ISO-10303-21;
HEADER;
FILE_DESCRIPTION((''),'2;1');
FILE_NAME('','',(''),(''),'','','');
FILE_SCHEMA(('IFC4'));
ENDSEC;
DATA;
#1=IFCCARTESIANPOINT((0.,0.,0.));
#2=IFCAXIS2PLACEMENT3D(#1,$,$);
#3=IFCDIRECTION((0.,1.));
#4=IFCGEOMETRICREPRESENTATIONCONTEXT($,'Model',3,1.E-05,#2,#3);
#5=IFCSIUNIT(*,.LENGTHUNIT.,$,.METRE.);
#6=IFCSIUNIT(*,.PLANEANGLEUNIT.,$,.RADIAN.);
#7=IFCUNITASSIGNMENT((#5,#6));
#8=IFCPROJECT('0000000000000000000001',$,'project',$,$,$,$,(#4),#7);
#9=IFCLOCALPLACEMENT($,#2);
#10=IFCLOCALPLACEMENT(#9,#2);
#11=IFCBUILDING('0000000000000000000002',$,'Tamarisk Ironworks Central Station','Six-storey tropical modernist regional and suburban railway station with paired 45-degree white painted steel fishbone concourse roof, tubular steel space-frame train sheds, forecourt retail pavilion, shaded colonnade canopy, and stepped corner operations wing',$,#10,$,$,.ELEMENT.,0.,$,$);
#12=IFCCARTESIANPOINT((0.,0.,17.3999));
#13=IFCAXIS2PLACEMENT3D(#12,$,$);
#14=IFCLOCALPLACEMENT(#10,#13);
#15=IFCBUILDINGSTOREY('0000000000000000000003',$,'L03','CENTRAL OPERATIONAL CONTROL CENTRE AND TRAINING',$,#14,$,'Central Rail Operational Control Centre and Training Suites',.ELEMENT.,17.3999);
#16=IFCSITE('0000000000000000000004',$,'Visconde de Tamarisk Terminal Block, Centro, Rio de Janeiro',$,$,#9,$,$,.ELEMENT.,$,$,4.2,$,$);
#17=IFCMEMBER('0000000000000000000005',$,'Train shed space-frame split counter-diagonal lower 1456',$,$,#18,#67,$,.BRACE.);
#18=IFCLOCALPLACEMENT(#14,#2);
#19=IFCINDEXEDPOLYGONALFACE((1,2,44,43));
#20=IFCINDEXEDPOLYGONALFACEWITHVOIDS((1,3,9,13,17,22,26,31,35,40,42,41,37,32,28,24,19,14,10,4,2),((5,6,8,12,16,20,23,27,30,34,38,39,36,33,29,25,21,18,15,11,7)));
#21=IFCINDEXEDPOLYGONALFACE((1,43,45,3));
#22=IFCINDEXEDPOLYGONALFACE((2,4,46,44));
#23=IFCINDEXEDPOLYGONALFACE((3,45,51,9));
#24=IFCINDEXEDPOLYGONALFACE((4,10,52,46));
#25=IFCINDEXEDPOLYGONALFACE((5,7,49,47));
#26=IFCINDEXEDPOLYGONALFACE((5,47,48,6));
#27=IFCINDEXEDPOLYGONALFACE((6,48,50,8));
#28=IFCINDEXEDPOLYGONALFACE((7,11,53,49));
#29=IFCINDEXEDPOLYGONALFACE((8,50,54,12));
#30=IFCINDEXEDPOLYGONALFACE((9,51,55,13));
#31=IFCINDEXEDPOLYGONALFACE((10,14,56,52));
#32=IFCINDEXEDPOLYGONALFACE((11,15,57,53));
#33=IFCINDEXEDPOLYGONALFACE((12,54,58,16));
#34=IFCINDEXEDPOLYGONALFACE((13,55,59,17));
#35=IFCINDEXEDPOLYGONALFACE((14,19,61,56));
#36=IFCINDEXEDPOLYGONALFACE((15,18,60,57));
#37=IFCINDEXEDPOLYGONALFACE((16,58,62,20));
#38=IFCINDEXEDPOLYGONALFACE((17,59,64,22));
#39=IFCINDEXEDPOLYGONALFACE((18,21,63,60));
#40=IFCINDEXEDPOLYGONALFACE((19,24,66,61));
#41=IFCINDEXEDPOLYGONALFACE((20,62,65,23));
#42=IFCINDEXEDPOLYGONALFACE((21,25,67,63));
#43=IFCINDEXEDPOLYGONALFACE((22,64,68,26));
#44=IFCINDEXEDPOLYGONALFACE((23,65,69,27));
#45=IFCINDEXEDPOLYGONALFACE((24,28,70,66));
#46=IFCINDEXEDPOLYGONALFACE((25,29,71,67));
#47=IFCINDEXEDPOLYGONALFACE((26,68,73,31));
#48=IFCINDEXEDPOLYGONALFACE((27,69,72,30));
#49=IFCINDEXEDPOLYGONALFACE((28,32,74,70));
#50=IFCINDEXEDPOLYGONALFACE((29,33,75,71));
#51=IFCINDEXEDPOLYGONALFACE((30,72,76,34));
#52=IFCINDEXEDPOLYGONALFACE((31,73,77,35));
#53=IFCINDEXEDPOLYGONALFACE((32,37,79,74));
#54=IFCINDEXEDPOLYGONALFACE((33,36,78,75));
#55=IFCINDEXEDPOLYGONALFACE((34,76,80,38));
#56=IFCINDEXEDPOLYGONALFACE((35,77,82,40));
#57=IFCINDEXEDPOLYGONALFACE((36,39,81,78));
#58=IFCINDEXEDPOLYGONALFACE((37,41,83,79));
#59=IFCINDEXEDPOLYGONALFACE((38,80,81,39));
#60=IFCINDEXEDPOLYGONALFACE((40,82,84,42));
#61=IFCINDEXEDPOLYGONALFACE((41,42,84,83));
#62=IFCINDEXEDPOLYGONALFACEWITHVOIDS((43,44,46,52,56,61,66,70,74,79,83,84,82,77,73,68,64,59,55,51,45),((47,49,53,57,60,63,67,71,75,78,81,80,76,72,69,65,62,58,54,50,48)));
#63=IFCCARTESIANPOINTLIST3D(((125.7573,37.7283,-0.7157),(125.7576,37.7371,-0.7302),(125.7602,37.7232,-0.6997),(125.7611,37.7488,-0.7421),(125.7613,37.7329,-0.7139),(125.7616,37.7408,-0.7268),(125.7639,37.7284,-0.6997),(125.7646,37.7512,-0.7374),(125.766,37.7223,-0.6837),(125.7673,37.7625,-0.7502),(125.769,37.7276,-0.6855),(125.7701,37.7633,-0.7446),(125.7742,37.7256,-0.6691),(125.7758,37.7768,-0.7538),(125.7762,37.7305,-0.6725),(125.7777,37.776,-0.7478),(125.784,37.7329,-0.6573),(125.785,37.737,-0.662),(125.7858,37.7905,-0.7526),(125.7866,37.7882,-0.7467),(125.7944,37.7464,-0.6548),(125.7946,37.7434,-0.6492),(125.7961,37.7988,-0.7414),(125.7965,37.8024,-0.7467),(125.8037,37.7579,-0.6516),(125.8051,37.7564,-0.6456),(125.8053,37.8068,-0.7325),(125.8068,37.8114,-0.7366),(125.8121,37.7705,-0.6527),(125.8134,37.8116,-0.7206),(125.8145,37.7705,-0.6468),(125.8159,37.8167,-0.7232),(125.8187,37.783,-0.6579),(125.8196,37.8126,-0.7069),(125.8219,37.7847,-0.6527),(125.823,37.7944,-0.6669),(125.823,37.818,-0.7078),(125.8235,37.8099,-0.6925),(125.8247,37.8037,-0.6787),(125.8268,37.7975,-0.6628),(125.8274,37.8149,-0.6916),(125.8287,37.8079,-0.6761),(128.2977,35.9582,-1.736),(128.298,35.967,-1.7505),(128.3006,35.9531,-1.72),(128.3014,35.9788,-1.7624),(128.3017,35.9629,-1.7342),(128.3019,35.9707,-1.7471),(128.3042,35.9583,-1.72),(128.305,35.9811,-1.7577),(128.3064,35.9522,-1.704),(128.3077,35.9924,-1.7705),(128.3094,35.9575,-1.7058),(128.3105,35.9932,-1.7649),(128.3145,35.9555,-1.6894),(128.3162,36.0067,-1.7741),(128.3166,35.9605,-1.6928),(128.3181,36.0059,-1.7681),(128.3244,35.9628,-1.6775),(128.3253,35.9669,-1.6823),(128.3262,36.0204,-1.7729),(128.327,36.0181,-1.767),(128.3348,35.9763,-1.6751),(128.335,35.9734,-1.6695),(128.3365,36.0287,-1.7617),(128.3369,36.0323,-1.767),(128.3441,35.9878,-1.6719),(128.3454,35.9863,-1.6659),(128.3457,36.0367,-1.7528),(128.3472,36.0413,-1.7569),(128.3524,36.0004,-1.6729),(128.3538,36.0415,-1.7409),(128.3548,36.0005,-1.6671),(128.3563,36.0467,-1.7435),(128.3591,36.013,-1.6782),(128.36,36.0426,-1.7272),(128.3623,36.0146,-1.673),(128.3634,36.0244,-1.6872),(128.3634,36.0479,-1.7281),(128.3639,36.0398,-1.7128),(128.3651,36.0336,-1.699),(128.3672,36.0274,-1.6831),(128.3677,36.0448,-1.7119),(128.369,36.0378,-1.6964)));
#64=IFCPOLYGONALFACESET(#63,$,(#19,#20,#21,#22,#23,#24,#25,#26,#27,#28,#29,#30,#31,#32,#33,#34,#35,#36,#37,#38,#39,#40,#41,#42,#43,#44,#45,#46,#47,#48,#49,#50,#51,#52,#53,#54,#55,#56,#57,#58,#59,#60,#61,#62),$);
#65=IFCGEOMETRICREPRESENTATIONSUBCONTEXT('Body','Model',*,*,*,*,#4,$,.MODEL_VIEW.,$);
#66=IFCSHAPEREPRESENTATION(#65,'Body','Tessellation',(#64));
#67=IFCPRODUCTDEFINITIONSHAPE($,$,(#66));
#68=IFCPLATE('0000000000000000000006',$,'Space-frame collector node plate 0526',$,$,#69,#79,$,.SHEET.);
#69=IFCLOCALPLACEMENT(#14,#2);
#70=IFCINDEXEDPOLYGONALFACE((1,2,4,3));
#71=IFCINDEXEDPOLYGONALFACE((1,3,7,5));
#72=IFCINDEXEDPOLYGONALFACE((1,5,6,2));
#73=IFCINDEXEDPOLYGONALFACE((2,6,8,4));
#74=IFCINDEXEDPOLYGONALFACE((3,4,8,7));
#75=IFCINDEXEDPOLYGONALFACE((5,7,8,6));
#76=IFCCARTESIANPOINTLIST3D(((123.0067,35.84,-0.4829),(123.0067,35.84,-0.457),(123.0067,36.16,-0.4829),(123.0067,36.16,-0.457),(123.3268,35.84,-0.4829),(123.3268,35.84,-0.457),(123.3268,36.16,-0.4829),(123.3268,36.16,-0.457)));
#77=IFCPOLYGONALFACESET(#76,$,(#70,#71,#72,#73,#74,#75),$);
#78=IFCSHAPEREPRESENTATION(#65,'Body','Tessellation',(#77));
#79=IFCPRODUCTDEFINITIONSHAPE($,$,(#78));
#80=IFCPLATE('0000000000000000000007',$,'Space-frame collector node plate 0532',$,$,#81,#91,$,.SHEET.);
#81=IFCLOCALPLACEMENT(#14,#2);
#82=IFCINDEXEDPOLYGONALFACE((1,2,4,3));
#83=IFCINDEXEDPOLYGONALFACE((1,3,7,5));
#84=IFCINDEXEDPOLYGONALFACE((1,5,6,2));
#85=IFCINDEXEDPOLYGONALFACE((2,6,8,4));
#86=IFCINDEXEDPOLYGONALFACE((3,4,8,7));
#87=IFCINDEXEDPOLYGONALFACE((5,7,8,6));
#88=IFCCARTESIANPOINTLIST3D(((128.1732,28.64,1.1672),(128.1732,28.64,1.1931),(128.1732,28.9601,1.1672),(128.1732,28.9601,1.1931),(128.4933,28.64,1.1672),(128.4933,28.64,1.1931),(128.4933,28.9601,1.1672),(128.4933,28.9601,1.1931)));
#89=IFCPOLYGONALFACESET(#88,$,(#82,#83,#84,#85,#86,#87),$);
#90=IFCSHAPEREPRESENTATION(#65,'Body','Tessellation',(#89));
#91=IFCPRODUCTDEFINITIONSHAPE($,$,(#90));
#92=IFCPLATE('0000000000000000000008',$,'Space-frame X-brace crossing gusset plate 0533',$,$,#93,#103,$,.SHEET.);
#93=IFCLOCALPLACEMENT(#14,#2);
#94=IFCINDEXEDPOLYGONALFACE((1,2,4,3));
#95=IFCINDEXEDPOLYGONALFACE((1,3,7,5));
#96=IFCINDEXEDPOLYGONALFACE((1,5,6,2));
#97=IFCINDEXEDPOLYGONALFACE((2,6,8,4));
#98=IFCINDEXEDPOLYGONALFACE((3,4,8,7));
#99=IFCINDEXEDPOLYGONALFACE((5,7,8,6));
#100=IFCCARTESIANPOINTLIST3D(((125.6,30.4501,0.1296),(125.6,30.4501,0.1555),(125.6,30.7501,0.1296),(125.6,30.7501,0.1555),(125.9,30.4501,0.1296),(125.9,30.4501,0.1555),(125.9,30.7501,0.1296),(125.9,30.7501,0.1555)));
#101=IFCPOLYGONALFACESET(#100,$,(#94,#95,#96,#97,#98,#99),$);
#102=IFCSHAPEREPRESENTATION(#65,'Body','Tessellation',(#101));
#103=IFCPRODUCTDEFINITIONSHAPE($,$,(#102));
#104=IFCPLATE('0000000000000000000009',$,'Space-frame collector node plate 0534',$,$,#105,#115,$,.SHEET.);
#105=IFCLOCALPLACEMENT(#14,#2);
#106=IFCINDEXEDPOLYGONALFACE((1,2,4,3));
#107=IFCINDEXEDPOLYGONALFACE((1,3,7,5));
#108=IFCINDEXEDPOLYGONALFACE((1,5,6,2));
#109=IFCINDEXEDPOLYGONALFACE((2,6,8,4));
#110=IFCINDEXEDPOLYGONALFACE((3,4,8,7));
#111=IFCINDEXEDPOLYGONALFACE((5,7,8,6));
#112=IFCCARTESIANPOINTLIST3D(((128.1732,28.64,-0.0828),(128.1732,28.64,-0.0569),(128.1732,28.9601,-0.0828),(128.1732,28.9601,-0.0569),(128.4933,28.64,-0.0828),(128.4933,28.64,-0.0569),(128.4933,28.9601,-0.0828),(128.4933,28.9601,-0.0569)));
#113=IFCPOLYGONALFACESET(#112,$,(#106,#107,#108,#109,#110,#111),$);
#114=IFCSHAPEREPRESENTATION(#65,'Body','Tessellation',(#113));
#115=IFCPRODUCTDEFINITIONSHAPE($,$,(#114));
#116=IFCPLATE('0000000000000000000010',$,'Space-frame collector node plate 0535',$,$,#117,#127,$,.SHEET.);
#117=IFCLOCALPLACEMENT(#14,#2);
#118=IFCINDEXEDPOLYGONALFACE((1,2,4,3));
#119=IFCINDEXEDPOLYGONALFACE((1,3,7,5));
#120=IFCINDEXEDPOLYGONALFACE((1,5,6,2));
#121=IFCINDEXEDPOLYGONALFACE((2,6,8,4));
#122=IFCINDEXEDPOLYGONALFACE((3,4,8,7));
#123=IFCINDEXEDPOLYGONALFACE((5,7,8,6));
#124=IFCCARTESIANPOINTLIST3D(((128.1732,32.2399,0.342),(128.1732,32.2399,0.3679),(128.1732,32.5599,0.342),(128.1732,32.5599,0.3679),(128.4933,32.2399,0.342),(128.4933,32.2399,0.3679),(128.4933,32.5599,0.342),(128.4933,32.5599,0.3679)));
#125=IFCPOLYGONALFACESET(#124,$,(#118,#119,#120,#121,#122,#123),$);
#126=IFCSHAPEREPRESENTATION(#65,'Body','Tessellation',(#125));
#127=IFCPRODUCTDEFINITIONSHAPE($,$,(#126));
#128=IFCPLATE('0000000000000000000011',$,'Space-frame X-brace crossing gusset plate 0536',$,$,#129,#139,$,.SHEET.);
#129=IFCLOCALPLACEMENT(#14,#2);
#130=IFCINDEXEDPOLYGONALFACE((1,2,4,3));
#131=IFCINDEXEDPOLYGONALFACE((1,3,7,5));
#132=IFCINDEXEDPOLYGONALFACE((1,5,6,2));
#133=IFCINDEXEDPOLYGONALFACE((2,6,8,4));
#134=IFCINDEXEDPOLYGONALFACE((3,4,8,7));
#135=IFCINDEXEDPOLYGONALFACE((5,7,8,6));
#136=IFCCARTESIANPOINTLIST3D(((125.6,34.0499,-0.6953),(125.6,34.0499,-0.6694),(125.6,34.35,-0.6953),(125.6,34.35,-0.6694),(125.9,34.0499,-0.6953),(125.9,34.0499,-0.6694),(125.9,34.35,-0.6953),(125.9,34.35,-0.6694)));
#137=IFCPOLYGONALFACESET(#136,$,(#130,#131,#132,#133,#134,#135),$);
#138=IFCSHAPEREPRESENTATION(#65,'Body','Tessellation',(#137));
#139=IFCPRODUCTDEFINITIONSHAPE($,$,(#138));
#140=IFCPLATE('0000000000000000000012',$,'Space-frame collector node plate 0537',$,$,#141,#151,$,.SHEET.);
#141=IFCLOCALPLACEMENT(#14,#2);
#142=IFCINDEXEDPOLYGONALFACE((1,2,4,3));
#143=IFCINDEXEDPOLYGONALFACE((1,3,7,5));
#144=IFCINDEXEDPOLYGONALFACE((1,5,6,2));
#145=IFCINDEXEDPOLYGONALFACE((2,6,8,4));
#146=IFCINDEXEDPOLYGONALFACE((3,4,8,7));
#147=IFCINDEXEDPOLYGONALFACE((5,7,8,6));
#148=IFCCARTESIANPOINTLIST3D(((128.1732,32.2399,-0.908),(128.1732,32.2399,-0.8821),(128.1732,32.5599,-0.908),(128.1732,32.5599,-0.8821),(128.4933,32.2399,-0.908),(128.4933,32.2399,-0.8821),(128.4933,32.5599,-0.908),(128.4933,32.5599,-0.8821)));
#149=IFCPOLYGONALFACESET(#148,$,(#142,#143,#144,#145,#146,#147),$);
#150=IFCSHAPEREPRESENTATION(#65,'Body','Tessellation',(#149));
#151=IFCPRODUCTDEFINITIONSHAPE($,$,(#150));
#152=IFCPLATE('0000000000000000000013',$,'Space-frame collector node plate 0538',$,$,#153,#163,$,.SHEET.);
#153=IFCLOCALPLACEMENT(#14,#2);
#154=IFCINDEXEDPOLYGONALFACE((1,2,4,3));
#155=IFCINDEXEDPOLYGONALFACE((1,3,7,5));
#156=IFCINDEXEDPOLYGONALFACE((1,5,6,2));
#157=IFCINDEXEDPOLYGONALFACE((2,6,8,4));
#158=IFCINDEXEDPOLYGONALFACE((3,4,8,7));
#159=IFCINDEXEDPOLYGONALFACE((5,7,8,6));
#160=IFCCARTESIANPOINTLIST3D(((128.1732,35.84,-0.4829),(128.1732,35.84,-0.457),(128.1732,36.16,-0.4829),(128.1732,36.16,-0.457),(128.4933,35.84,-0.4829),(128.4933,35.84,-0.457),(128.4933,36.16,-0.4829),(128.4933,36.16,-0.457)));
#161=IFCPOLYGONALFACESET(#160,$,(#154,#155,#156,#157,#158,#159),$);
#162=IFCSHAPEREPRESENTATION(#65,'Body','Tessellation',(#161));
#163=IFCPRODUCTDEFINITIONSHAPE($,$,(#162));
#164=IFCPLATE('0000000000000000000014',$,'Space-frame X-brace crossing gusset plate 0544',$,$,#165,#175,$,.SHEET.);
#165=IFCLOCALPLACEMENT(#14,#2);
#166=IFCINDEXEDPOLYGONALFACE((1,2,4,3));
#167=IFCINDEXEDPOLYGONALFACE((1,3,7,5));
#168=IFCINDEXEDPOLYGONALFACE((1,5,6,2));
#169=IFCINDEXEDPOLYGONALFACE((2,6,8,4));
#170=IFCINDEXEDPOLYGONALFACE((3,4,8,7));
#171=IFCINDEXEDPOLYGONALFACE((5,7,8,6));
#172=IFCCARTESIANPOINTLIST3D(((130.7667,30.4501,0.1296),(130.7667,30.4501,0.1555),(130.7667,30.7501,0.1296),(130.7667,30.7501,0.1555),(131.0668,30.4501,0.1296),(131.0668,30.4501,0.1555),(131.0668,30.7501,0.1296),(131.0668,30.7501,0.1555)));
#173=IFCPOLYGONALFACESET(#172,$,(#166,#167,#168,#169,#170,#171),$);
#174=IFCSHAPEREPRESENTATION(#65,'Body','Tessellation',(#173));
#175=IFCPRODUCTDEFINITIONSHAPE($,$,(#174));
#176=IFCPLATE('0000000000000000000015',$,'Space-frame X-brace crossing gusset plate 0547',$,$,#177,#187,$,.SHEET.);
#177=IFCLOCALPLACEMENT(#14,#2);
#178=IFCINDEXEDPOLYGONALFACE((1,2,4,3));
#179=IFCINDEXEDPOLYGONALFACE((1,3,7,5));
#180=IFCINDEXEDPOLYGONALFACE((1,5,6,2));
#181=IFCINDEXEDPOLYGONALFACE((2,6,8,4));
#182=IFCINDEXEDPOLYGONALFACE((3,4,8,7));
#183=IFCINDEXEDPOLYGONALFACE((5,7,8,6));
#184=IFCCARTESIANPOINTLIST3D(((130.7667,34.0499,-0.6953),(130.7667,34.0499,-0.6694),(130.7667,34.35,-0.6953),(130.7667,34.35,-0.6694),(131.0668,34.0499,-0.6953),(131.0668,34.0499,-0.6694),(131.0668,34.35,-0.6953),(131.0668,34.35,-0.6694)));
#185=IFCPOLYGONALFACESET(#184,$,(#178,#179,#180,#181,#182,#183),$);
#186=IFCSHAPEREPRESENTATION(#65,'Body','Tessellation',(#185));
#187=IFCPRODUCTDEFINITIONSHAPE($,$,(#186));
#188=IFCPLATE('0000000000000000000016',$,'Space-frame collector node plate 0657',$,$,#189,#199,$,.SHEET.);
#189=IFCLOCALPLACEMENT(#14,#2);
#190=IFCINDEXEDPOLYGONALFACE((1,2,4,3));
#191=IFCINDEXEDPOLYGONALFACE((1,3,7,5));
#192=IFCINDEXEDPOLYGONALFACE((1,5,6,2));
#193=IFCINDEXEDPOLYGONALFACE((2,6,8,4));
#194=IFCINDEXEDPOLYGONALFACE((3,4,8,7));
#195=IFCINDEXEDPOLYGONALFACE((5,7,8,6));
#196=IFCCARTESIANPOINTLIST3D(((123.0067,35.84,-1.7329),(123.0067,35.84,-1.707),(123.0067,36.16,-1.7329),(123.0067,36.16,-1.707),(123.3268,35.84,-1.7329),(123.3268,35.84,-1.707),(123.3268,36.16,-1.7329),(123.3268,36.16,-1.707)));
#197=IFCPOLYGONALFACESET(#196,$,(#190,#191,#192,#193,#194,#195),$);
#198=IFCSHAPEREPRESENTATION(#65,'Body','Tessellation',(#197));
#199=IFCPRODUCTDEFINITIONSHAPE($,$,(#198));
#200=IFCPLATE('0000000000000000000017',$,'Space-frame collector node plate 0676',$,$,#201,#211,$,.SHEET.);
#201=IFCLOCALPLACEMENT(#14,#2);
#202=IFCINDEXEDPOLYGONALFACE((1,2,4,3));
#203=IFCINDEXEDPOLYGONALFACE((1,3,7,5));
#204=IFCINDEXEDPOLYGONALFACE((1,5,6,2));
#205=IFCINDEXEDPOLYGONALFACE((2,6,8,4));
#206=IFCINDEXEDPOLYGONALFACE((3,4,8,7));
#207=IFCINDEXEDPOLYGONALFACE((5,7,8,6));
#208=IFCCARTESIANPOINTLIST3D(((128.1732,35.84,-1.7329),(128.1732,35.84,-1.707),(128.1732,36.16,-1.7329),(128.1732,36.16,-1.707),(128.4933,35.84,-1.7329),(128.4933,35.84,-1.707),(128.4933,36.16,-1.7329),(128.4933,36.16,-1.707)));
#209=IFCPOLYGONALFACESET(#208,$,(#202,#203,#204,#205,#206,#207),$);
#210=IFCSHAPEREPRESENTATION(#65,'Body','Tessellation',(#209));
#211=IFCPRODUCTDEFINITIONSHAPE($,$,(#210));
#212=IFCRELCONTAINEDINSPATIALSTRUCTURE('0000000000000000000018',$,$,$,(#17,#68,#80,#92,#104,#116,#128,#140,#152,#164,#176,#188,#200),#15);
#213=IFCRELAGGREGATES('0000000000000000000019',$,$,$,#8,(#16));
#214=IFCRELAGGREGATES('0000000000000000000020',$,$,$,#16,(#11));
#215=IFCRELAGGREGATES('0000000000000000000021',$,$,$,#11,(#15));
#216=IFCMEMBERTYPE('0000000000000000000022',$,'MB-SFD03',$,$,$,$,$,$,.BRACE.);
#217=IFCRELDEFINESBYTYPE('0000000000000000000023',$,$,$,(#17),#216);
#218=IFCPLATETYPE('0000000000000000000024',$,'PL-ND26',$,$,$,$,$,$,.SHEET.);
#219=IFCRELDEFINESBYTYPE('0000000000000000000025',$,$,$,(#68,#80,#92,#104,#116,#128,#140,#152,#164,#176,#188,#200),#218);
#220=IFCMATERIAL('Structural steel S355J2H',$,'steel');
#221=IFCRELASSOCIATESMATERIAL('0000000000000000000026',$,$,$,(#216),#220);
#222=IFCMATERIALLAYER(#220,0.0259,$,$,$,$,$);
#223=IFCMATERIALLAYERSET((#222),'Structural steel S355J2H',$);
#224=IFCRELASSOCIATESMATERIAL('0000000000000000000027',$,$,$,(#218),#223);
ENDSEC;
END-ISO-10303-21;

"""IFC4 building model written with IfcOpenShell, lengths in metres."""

from ifc_helpers import new_model, si_unit, direction, frame, origin, origin_2d, place, context, subcontext, project, spatial, rectangle, hollow_circle, extrude, material, layer, layer_set, material_profile, profile_set, type_object, element, save


model = new_model("IFC4")

# Units and contexts
model_context = context("Model", 3, precision=1e-05, world=origin(), true_north=direction((0.0, 1.0)))
body_context = subcontext(model_context, "Body", "Model", "MODEL_VIEW")
ifc_project = project(units=[si_unit("LENGTHUNIT", "METRE"), si_unit("PLANEANGLEUNIT", "RADIAN")], contexts=[model_context])

# Site, building, storey
site_placement = place(None, origin())
site = spatial("IfcSite", under=ifc_project, at=site_placement, Name="Visconde de Tamarisk Terminal Block, Centro, Rio de Janeiro", CompositionType="ELEMENT", RefElevation=4.2)
building_placement = place(site_placement, origin())
building = spatial("IfcBuilding", under=site, at=building_placement, Name="Tamarisk Ironworks Central Station", Description="Six-storey tropical modernist regional and suburban railway station with paired 45-degree white painted steel fishbone concourse roof, tubular steel space-frame train sheds, forecourt retail pavilion, shaded colonnade canopy, and stepped corner operations wing", CompositionType="ELEMENT", ElevationOfRefHeight=0.0)
storey_placement = place(building_placement, frame((0.0, 0.0, 17.3999)))
storey = spatial("IfcBuildingStorey", under=building, at=storey_placement, Name="L03", Description="CENTRAL OPERATIONAL CONTROL CENTRE AND TRAINING", LongName="Central Rail Operational Control Centre and Training Suites", CompositionType="ELEMENT", Elevation=17.3999)

# Member
ifc_material_1 = material(Name="Structural steel S355J2H", Category="steel")
ifc_material_profile_1 = material_profile(ifc_material_1, hollow_circle(Radius=0.0571, WallThickness=0.0063, at=origin_2d()), Name="CHS 114.3x6.3")
ifc_profile_set_1 = profile_set([ifc_material_profile_1], Name="Structural steel S355J2H")
member_type_1 = type_object("IfcMemberType", Name="MB-SFD03", PredefinedType="BRACE", material=ifc_profile_set_1)
for number, where, z_axis, x_axis, name in (
    (1, (128.3333, 36.0, -1.72), (-0.779252, 0.542967, 0.312974), (-0.571688, -0.820471, 0.0), "Train shed space-frame split counter-diagonal lower 1456"),
):
    element("IfcMember", number, at=place(storey_placement, frame(where, z_axis=z_axis, x_axis=x_axis)), inside=storey, type_object=member_type_1, Name=name, PredefinedType="BRACE", context=body_context, shape_type="SweptSolid", body=[
        extrude(hollow_circle(Radius=0.0571, WallThickness=0.0063, at=origin_2d()), origin(), (0.0, 0.0, 1.0), 3.26),
    ])

# Plates
ifc_layer = layer(ifc_material_1, 0.0259)
ifc_layer_set = layer_set([ifc_layer], Name="Structural steel S355J2H")
plate_type = type_object("IfcPlateType", Name="PL-ND26", PredefinedType="SHEET", material=ifc_layer_set)
for number, where, z_axis, x_axis, name in (
    (2, (123.1667, 36.0, -0.4829), (0.0, 0.0, 1.0), (1.0, 0.0, 0.0), "Space-frame collector node plate 0526"),
    (3, (128.3333, 28.8, 1.1672), (0.0, 0.0, 1.0), (1.0, 0.0, 0.0), "Space-frame collector node plate 0532"),
):
    element("IfcPlate", number, at=place(storey_placement, frame(where, z_axis=z_axis, x_axis=x_axis)), inside=storey, type_object=plate_type, Name=name, PredefinedType="SHEET", context=body_context, shape_type="SweptSolid", body=[
        extrude(rectangle(XDim=0.3201, YDim=0.3201, at=origin_2d()), origin(), (0.0, 0.0, 1.0), 0.0259),
    ])
plate_1_placement = place(storey_placement, frame((125.75, 30.6001, 0.1296), z_axis=(0.0, 0.0, 1.0), x_axis=(1.0, 0.0, 0.0)))
element("IfcPlate", 4, at=plate_1_placement, inside=storey, type_object=plate_type, Name="Space-frame X-brace crossing gusset plate 0533", PredefinedType="SHEET", context=body_context, shape_type="SweptSolid", body=[
    extrude(rectangle(XDim=0.3, YDim=0.3, at=origin_2d()), origin(), (0.0, 0.0, 1.0), 0.0259),
])
for number, where, z_axis, x_axis, name in (
    (5, (128.3333, 28.8, -0.0828), (0.0, 0.0, 1.0), (1.0, 0.0, 0.0), "Space-frame collector node plate 0534"),
    (6, (128.3333, 32.3999, 0.342), (0.0, 0.0, 1.0), (1.0, 0.0, 0.0), "Space-frame collector node plate 0535"),
):
    element("IfcPlate", number, at=place(storey_placement, frame(where, z_axis=z_axis, x_axis=x_axis)), inside=storey, type_object=plate_type, Name=name, PredefinedType="SHEET", context=body_context, shape_type="SweptSolid", body=[
        extrude(rectangle(XDim=0.3201, YDim=0.3201, at=origin_2d()), origin(), (0.0, 0.0, 1.0), 0.0259),
    ])
plate_2_placement = place(storey_placement, frame((125.75, 34.2, -0.6953), z_axis=(0.0, 0.0, 1.0), x_axis=(1.0, 0.0, 0.0)))
element("IfcPlate", 7, at=plate_2_placement, inside=storey, type_object=plate_type, Name="Space-frame X-brace crossing gusset plate 0536", PredefinedType="SHEET", context=body_context, shape_type="SweptSolid", body=[
    extrude(rectangle(XDim=0.3, YDim=0.3, at=origin_2d()), origin(), (0.0, 0.0, 1.0), 0.0259),
])
for number, where, z_axis, x_axis, name in (
    (8, (128.3333, 32.3999, -0.908), (0.0, 0.0, 1.0), (1.0, 0.0, 0.0), "Space-frame collector node plate 0537"),
    (9, (128.3333, 36.0, -0.4829), (0.0, 0.0, 1.0), (1.0, 0.0, 0.0), "Space-frame collector node plate 0538"),
):
    element("IfcPlate", number, at=place(storey_placement, frame(where, z_axis=z_axis, x_axis=x_axis)), inside=storey, type_object=plate_type, Name=name, PredefinedType="SHEET", context=body_context, shape_type="SweptSolid", body=[
        extrude(rectangle(XDim=0.3201, YDim=0.3201, at=origin_2d()), origin(), (0.0, 0.0, 1.0), 0.0259),
    ])
for number, where, z_axis, x_axis, name in (
    (10, (130.9167, 30.6001, 0.1296), (0.0, 0.0, 1.0), (1.0, 0.0, 0.0), "Space-frame X-brace crossing gusset plate 0544"),
    (11, (130.9167, 34.2, -0.6953), (0.0, 0.0, 1.0), (1.0, 0.0, 0.0), "Space-frame X-brace crossing gusset plate 0547"),
):
    element("IfcPlate", number, at=place(storey_placement, frame(where, z_axis=z_axis, x_axis=x_axis)), inside=storey, type_object=plate_type, Name=name, PredefinedType="SHEET", context=body_context, shape_type="SweptSolid", body=[
        extrude(rectangle(XDim=0.3, YDim=0.3, at=origin_2d()), origin(), (0.0, 0.0, 1.0), 0.0259),
    ])
for number, where, z_axis, x_axis, name in (
    (12, (123.1667, 36.0, -1.7329), (0.0, 0.0, 1.0), (1.0, 0.0, 0.0), "Space-frame collector node plate 0657"),
    (13, (128.3333, 36.0, -1.7329), (0.0, 0.0, 1.0), (1.0, 0.0, 0.0), "Space-frame collector node plate 0676"),
):
    element("IfcPlate", number, at=place(storey_placement, frame(where, z_axis=z_axis, x_axis=x_axis)), inside=storey, type_object=plate_type, Name=name, PredefinedType="SHEET", context=body_context, shape_type="SweptSolid", body=[
        extrude(rectangle(XDim=0.3201, YDim=0.3201, at=origin_2d()), origin(), (0.0, 0.0, 1.0), 0.0259),
    ])

save(model, "model.ifc")
